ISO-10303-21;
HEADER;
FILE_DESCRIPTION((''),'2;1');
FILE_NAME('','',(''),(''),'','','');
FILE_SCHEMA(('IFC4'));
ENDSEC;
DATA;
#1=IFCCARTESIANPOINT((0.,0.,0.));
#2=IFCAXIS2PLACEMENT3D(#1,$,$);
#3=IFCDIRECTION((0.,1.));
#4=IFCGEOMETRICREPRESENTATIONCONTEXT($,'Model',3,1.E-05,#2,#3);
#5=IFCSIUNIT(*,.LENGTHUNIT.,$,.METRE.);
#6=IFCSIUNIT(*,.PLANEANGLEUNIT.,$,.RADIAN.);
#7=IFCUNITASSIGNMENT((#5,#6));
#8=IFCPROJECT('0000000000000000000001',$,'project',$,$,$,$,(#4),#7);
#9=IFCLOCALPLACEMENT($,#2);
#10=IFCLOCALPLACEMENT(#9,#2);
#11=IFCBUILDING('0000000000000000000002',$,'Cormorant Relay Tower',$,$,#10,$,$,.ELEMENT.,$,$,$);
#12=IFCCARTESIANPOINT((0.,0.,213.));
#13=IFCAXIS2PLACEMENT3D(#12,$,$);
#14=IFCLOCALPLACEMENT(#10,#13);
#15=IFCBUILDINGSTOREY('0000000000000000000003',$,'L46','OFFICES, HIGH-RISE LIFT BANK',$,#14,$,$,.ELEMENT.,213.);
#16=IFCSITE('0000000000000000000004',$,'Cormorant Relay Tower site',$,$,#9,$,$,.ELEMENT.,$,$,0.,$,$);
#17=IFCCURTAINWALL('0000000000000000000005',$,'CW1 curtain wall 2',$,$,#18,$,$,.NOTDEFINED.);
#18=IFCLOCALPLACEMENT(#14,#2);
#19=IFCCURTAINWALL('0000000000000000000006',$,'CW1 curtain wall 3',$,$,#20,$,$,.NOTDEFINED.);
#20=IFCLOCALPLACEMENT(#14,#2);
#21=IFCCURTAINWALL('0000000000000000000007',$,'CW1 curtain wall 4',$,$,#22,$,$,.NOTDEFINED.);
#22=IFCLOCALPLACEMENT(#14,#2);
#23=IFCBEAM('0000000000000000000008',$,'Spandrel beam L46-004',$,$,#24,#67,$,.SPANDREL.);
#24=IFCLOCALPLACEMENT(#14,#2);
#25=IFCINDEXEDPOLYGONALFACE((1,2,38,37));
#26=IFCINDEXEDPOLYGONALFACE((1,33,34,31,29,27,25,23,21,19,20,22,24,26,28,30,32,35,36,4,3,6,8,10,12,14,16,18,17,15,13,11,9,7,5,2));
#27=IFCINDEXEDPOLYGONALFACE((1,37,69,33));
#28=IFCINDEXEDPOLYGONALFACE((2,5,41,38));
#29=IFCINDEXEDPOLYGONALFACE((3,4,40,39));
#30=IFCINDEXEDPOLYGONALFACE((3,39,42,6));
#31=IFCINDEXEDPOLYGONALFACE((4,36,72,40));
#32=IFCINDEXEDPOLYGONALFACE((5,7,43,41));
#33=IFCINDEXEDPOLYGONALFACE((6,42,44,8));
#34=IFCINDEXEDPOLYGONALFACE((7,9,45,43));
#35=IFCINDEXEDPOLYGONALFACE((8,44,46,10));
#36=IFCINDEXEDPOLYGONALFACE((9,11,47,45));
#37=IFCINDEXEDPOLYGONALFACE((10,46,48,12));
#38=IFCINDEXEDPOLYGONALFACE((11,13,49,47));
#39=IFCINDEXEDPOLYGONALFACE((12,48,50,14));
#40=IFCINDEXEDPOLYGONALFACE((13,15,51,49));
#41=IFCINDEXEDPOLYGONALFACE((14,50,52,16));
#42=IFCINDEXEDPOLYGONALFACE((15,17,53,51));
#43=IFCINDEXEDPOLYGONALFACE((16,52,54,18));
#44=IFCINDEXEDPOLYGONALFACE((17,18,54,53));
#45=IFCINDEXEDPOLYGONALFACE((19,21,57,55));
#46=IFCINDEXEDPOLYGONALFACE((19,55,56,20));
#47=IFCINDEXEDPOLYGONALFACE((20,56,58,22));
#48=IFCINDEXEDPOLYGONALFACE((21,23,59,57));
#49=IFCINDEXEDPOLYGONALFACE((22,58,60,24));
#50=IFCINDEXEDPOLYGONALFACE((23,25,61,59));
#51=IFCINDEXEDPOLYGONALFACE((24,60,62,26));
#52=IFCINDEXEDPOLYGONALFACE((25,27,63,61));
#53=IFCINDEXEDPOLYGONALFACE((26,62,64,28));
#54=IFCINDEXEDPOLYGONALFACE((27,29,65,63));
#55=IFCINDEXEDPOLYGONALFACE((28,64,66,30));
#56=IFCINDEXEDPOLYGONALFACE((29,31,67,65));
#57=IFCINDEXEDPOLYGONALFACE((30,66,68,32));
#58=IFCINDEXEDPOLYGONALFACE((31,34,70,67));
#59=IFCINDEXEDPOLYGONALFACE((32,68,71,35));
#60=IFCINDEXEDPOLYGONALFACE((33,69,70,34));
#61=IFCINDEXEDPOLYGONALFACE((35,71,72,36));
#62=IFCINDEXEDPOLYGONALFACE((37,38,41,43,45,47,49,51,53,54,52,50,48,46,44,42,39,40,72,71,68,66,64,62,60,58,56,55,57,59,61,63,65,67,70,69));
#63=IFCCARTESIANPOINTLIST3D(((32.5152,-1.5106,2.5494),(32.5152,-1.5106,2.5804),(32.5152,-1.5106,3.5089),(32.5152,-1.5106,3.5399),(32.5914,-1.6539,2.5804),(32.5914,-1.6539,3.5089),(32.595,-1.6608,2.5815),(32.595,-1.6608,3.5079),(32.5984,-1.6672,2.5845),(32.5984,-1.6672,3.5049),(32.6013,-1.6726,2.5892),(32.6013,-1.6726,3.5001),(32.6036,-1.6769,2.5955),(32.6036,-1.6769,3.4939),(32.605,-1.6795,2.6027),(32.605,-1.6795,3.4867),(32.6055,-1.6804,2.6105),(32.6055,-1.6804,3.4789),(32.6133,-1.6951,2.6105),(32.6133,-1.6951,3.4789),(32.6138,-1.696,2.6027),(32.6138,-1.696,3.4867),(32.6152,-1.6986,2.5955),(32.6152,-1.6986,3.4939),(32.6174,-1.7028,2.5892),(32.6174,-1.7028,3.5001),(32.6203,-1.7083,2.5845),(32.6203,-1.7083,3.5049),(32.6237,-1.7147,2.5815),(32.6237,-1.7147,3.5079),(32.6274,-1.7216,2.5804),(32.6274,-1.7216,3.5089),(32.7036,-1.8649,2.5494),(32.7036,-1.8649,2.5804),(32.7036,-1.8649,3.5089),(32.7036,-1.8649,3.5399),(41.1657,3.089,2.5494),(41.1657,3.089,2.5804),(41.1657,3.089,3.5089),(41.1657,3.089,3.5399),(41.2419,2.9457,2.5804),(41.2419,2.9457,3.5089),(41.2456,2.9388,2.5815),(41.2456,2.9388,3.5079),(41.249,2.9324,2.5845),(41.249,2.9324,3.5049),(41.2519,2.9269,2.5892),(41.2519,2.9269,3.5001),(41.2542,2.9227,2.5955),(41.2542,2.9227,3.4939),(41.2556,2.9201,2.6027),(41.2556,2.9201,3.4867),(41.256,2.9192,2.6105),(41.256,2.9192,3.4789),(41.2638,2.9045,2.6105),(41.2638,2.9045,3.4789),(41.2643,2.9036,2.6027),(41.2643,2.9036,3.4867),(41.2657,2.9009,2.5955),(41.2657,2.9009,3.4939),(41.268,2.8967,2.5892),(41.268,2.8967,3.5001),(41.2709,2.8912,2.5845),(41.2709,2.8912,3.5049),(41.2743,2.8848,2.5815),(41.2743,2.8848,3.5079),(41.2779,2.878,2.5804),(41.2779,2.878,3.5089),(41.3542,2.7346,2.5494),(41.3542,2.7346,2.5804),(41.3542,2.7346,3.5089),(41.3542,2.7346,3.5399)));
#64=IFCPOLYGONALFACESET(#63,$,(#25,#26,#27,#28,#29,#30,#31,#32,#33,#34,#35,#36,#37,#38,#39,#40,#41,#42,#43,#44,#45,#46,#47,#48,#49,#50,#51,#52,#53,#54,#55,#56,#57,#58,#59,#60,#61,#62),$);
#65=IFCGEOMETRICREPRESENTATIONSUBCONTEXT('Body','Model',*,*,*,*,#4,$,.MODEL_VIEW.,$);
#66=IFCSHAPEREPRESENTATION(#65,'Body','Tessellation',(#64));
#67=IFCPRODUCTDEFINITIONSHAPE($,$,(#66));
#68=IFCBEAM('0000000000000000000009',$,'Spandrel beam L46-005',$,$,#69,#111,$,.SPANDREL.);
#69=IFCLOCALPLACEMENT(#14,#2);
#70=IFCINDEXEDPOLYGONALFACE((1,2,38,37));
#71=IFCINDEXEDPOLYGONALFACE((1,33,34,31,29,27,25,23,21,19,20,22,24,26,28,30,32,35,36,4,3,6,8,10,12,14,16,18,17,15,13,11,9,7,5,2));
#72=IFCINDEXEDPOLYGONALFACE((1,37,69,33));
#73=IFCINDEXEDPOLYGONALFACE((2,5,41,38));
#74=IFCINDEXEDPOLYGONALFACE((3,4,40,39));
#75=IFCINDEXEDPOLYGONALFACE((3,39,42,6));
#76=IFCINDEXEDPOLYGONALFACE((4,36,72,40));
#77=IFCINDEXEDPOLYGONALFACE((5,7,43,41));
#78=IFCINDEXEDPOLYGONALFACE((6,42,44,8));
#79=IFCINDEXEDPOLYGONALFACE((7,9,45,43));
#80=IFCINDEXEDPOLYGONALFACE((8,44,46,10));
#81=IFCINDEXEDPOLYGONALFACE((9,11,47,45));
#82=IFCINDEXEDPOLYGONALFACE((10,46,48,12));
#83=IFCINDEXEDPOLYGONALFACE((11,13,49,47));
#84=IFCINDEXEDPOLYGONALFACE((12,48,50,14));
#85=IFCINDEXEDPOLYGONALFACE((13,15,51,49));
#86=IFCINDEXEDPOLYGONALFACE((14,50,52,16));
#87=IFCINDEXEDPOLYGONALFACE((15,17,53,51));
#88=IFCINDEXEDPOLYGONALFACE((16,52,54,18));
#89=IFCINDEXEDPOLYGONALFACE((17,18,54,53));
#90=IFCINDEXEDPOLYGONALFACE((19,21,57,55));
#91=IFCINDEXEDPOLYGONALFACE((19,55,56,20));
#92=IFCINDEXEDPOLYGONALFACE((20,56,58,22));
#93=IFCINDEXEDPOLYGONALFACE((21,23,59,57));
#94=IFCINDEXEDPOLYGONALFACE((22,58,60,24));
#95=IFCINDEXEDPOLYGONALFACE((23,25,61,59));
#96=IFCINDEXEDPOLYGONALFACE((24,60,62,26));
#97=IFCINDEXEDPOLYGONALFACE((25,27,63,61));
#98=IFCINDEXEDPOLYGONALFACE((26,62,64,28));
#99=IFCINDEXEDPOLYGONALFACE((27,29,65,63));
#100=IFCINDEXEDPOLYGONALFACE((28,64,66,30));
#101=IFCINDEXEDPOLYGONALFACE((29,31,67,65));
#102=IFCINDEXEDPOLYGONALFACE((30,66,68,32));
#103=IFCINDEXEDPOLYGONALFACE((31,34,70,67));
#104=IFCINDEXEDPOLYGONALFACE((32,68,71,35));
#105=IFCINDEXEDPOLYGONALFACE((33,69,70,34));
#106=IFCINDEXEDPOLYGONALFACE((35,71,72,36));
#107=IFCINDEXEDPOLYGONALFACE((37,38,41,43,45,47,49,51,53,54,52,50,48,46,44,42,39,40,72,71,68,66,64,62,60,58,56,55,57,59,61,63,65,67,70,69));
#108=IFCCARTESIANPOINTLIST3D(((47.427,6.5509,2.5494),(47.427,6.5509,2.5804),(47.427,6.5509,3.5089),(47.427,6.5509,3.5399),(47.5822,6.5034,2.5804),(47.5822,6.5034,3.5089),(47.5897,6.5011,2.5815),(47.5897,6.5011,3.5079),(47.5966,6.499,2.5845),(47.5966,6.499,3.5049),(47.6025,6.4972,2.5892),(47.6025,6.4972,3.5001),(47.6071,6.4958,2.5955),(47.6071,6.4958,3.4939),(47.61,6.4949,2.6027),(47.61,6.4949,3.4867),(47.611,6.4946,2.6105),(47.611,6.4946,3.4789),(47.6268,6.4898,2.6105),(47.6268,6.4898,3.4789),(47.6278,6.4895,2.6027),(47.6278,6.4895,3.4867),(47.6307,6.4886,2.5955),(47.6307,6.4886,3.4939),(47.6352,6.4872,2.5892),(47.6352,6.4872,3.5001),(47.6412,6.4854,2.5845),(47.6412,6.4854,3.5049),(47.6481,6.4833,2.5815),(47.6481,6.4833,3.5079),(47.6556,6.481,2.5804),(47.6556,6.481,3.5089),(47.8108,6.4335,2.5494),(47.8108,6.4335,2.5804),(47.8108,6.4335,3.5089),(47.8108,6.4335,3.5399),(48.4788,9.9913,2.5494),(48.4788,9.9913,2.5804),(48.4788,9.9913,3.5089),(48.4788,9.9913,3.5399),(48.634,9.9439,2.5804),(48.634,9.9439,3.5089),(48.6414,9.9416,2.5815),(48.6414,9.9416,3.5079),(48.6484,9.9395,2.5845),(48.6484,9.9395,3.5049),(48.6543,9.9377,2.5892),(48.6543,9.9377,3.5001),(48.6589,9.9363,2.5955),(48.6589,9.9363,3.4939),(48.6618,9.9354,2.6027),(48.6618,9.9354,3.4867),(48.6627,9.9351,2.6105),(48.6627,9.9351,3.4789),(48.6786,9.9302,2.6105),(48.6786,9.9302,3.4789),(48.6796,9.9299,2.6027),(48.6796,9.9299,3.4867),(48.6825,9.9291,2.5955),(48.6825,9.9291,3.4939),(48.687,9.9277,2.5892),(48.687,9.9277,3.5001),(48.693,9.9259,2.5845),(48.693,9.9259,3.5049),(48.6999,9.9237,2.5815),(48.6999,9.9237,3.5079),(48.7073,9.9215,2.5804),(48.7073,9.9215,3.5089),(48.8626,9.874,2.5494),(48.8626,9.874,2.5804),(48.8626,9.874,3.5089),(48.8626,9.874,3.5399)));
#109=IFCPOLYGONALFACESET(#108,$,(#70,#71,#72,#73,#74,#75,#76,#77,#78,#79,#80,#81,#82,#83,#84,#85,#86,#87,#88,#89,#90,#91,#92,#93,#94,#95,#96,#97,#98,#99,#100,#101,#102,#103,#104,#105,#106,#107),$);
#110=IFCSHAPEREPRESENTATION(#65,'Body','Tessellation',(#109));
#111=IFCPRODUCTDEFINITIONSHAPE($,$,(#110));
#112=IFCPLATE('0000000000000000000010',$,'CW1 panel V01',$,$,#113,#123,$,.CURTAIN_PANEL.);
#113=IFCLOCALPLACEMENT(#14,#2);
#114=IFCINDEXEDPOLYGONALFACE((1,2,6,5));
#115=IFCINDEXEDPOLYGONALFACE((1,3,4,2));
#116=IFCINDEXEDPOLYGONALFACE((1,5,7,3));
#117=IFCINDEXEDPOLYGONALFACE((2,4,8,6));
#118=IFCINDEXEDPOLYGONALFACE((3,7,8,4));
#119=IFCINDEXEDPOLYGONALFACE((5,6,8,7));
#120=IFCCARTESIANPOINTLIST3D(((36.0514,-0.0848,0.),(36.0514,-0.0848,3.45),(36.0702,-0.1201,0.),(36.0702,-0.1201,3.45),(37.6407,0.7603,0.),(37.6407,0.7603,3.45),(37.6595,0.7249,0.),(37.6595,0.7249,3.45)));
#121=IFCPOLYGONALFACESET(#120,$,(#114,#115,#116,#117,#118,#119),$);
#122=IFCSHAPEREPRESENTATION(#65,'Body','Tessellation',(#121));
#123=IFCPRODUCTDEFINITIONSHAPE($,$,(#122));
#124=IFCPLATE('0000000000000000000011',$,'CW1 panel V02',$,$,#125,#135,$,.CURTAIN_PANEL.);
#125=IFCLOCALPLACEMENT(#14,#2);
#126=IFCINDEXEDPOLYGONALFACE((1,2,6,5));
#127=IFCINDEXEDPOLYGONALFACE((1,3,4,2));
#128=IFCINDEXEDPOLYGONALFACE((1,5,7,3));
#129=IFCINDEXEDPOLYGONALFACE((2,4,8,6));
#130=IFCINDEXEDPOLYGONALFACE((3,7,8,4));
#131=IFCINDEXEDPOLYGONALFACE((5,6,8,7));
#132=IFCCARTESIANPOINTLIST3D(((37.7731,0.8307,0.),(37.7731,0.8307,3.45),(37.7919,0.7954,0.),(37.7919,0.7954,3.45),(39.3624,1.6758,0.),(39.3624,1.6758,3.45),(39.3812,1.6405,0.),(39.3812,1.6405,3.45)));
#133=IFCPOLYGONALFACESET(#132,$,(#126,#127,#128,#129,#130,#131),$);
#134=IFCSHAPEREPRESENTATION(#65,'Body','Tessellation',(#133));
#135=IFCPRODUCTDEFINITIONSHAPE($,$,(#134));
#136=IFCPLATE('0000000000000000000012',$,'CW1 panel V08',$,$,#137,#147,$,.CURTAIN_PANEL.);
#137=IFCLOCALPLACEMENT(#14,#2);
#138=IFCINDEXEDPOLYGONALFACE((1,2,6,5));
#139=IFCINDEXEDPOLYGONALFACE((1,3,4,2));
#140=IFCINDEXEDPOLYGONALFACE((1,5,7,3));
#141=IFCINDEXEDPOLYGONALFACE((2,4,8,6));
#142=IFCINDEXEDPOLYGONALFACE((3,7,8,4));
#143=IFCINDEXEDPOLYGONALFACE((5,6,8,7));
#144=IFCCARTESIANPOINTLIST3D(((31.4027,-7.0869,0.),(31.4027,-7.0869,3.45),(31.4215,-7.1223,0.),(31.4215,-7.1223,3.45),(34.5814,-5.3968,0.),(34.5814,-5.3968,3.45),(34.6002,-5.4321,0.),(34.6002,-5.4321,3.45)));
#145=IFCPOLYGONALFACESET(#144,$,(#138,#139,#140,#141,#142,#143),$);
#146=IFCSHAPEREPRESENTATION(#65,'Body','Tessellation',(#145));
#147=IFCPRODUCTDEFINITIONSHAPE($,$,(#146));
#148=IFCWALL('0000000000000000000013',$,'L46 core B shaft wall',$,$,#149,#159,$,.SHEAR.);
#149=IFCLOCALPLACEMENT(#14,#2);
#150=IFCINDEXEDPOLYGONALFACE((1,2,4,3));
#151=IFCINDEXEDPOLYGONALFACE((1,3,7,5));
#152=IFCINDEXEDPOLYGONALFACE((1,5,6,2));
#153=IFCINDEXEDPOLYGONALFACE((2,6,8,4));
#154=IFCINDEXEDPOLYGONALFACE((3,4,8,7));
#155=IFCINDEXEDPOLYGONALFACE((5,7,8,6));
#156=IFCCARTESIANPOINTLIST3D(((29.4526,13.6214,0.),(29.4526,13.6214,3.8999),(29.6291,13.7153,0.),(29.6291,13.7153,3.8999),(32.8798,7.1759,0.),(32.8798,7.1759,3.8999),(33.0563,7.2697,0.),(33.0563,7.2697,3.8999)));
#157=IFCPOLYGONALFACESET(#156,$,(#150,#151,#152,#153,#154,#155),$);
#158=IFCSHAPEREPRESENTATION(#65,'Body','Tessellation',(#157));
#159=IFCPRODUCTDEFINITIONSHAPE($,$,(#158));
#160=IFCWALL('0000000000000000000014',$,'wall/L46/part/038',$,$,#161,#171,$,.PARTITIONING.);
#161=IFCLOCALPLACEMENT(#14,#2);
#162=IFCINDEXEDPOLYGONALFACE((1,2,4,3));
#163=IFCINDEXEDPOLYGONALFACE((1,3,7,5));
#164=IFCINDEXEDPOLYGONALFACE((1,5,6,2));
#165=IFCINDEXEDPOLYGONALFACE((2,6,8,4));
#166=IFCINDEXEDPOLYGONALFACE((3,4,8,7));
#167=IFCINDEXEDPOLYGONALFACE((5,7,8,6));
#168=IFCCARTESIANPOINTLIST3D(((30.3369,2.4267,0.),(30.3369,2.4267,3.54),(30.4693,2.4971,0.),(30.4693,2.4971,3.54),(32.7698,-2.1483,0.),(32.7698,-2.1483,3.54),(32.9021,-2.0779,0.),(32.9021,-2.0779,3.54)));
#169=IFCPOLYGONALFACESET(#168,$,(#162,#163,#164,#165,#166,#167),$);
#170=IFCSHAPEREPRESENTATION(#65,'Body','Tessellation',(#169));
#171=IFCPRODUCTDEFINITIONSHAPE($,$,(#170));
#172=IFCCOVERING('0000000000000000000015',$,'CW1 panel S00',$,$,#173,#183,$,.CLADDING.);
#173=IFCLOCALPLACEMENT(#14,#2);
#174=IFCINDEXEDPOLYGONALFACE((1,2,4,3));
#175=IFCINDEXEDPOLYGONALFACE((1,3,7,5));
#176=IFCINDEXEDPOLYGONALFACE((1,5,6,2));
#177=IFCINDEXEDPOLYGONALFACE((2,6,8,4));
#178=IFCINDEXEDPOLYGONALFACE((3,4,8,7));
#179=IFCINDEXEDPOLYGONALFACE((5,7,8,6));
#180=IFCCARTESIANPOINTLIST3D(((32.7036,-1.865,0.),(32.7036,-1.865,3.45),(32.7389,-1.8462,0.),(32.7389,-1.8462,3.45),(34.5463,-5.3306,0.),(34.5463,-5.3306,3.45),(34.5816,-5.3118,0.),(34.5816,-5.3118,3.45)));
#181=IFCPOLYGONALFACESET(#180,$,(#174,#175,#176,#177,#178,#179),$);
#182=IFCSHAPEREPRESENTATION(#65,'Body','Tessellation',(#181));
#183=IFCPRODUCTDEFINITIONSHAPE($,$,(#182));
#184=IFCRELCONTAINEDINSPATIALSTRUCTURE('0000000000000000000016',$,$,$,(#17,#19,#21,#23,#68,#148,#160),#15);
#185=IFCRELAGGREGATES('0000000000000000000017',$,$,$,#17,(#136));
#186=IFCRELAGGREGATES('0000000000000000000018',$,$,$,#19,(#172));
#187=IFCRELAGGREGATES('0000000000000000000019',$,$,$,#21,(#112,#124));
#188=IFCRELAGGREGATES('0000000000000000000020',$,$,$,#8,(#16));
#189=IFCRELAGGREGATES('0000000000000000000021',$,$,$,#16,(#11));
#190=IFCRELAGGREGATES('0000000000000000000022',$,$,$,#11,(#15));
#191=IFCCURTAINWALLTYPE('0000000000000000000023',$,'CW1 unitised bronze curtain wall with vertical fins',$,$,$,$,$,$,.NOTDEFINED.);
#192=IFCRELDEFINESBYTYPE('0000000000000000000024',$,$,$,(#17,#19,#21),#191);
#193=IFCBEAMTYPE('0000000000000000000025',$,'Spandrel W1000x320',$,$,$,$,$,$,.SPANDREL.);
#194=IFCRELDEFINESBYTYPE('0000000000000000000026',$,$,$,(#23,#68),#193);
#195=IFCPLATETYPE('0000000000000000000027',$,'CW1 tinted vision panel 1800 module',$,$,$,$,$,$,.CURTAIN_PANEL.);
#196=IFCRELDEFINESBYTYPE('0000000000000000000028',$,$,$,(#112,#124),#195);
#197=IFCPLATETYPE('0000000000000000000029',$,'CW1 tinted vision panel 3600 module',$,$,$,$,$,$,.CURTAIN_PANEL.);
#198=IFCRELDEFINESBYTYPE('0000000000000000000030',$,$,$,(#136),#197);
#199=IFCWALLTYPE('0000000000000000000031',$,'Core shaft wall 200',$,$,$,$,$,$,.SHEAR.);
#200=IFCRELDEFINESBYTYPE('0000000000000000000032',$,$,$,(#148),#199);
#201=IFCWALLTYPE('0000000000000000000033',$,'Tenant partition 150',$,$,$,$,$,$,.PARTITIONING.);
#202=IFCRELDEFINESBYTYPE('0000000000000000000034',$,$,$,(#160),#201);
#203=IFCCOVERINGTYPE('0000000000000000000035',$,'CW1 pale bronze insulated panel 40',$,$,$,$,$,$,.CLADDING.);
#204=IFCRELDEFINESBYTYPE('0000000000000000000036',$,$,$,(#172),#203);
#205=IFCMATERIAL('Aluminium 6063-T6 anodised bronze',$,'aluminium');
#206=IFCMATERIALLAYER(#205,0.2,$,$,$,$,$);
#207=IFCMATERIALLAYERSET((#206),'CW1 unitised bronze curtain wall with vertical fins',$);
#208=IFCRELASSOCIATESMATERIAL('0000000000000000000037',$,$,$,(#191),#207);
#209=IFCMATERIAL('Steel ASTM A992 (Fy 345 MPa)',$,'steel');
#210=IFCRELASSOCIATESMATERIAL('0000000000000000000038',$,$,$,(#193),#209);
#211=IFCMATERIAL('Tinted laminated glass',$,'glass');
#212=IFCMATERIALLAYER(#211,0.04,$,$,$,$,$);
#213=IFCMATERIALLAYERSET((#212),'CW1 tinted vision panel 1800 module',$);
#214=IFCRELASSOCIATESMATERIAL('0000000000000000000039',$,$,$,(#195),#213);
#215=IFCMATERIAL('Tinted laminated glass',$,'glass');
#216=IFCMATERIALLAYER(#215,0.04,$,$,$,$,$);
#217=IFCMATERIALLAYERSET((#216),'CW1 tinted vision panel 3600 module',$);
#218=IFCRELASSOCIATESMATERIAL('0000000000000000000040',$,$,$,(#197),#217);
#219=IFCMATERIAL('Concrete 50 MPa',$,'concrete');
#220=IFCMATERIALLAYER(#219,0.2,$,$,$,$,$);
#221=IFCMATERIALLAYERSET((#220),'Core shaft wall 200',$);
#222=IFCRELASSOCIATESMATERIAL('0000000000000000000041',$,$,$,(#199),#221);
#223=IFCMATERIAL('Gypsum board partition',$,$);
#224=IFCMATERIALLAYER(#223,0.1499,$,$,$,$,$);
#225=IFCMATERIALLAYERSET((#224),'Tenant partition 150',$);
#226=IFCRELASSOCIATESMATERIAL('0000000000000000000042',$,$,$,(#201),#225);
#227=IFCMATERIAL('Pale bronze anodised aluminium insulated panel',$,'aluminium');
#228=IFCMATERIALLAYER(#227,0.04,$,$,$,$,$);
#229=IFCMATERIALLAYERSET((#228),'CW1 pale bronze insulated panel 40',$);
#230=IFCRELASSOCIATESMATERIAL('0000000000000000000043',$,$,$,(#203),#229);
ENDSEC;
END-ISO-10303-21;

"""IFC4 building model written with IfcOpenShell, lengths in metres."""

from ifc_helpers import new_model, si_unit, direction, frame, frame_2d, origin, origin_2d, place, context, subcontext, project, spatial, rectangle, i_section, extrude, material, layer, layer_set, material_profile, profile_set, type_object, element, aggregate, save


model = new_model("IFC4")

# Units and contexts
model_context = context("Model", 3, precision=1e-05, world=origin(), true_north=direction((0.0, 1.0)))
body_context = subcontext(model_context, "Body", "Model", "MODEL_VIEW")
ifc_project = project(units=[si_unit("LENGTHUNIT", "METRE"), si_unit("PLANEANGLEUNIT", "RADIAN")], contexts=[model_context])

# Site, building, storey
site_placement = place(None, origin())
site = spatial("IfcSite", under=ifc_project, at=site_placement, Name="Cormorant Relay Tower site", CompositionType="ELEMENT", RefElevation=0.0)
building_placement = place(site_placement, origin())
building = spatial("IfcBuilding", under=site, at=building_placement, Name="Cormorant Relay Tower", CompositionType="ELEMENT")
storey_placement = place(building_placement, frame((0.0, 0.0, 213.0)))
storey = spatial("IfcBuildingStorey", under=building, at=storey_placement, Name="L46", Description="OFFICES, HIGH-RISE LIFT BANK", CompositionType="ELEMENT", Elevation=213.0)

# Curtain walls
ifc_material_1 = material(Name="Aluminium 6063-T6 anodised bronze", Category="aluminium")
ifc_layer_1 = layer(ifc_material_1, 0.2)
ifc_layer_set_1 = layer_set([ifc_layer_1], Name="CW1 unitised bronze curtain wall with vertical fins")
curtain_wall_type = type_object("IfcCurtainWallType", Name="CW1 unitised bronze curtain wall with vertical fins", PredefinedType="NOTDEFINED", material=ifc_layer_set_1)
curtain_wall_1_placement = place(storey_placement, origin())
curtain_wall_1 = element("IfcCurtainWall", 1, at=curtain_wall_1_placement, inside=storey, type_object=curtain_wall_type, Name="CW1 curtain wall 2", PredefinedType="NOTDEFINED")
curtain_wall_2_placement = place(storey_placement, origin())
curtain_wall_2 = element("IfcCurtainWall", 2, at=curtain_wall_2_placement, inside=storey, type_object=curtain_wall_type, Name="CW1 curtain wall 3", PredefinedType="NOTDEFINED")

# Curtain wall
curtain_wall_3_placement = place(storey_placement, origin())
curtain_wall_3 = element("IfcCurtainWall", 3, at=curtain_wall_3_placement, inside=storey, type_object=curtain_wall_type, Name="CW1 curtain wall 4", PredefinedType="NOTDEFINED")

# Beams
ifc_material_2 = material(Name="Steel ASTM A992 (Fy 345 MPa)", Category="steel")
ifc_material_profile_1 = material_profile(ifc_material_2, i_section(OverallWidth=0.4014, OverallDepth=0.9905, WebThickness=0.0166, FlangeThickness=0.031, FilletRadius=0.03, at=origin_2d()), Name="W1000x320")
ifc_profile_set_1 = profile_set([ifc_material_profile_1], Name="Steel ASTM A992 (Fy 345 MPa)")
beam_type = type_object("IfcBeamType", Name="Spandrel W1000x320", PredefinedType="SPANDREL", material=ifc_profile_set_1)
beam_1_placement = place(storey_placement, frame((32.6094, -1.6877, 3.0447), z_axis=(0.882948, 0.46947, 0.0), x_axis=(-0.46947, 0.882948, 0.0)))
element("IfcBeam", 4, at=beam_1_placement, inside=storey, type_object=beam_type, Name="Spandrel beam L46-004", PredefinedType="SPANDREL", context=body_context, shape_type="SweptSolid", body=[
    extrude(i_section(OverallWidth=0.4014, OverallDepth=0.9905, WebThickness=0.0166, FlangeThickness=0.031, FilletRadius=0.03, at=origin_2d()), origin(), (0.0, 0.0, 1.0), 9.7974),
])
beam_2_placement = place(storey_placement, frame((47.6189, 6.4922, 3.0447), z_axis=(0.29235, 0.956312, 0.0), x_axis=(-0.956312, 0.29235, 0.0)))
element("IfcBeam", 5, at=beam_2_placement, inside=storey, type_object=beam_type, Name="Spandrel beam L46-005", PredefinedType="SPANDREL", context=body_context, shape_type="SweptSolid", body=[
    extrude(i_section(OverallWidth=0.4014, OverallDepth=0.9905, WebThickness=0.0166, FlangeThickness=0.031, FilletRadius=0.03, at=origin_2d()), origin(), (0.0, 0.0, 1.0), 3.5977),
])

# Plates
ifc_material_3 = material(Name="Tinted laminated glass", Category="glass")
ifc_layer_2 = layer(ifc_material_3, 0.04)
ifc_layer_set_2 = layer_set([ifc_layer_2], Name="CW1 tinted vision panel 1800 module")
plate_type_1 = type_object("IfcPlateType", Name="CW1 tinted vision panel 1800 module", PredefinedType="CURTAIN_PANEL", material=ifc_layer_set_2)
plate_1_placement = place(storey_placement, frame((36.8555, 0.3201, 0.0), z_axis=(0.0, 0.0, 1.0), x_axis=(0.882948, 0.469472, 0.0)))
plate_1 = element("IfcPlate", 6, at=plate_1_placement, type_object=plate_type_1, Name="CW1 panel V01", PredefinedType="CURTAIN_PANEL", context=body_context, shape_type="SweptSolid", body=[
    extrude(rectangle(XDim=1.8, YDim=0.04, at=origin_2d()), origin(), (0.0, 0.0, 1.0), 3.45),
])
plate_2_placement = place(storey_placement, frame((38.5771, 1.2356, 0.0), z_axis=(0.0, 0.0, 1.0), x_axis=(0.882948, 0.469472, 0.0)))
plate_2 = element("IfcPlate", 7, at=plate_2_placement, type_object=plate_type_1, Name="CW1 panel V02", PredefinedType="CURTAIN_PANEL", context=body_context, shape_type="SweptSolid", body=[
    extrude(rectangle(XDim=1.8, YDim=0.04, at=origin_2d()), origin(), (0.0, 0.0, 1.0), 3.45),
])
ifc_material_4 = material(Name="Tinted laminated glass", Category="glass")
ifc_layer_3 = layer(ifc_material_4, 0.04)
ifc_layer_set_3 = layer_set([ifc_layer_3], Name="CW1 tinted vision panel 3600 module")
plate_type_2 = type_object("IfcPlateType", Name="CW1 tinted vision panel 3600 module", PredefinedType="CURTAIN_PANEL", material=ifc_layer_set_3)
plate_3_placement = place(storey_placement, frame((33.0015, -6.2595, 0.0), z_axis=(0.0, 0.0, 1.0), x_axis=(0.882948, 0.469472, 0.0)))
plate_3 = element("IfcPlate", 8, at=plate_3_placement, type_object=plate_type_2, Name="CW1 panel V08", PredefinedType="CURTAIN_PANEL", context=body_context, shape_type="SweptSolid", body=[
    extrude(rectangle(XDim=3.6001, YDim=0.04, at=origin_2d()), origin(), (0.0, 0.0, 1.0), 3.45),
])
aggregate(curtain_wall_1, [plate_3])

# Walls
ifc_material_5 = material(Name="Concrete 50 MPa", Category="concrete")
ifc_layer_4 = layer(ifc_material_5, 0.2)
ifc_layer_set_4 = layer_set([ifc_layer_4], Name="Core shaft wall 200")
wall_type_1 = type_object("IfcWallType", Name="Core shaft wall 200", PredefinedType="SHEAR", material=ifc_layer_set_4)
wall_1_placement = place(storey_placement, frame((32.968, 7.2229, 0.0), z_axis=(0.0, 0.0, 1.0), x_axis=(-0.46948, 0.882943, 0.0)))
element("IfcWall", 9, at=wall_1_placement, inside=storey, type_object=wall_type_1, Name="L46 core B shaft wall", PredefinedType="SHEAR", context=body_context, shape_type="SweptSolid", body=[
    extrude(rectangle(XDim=7.3, YDim=0.2, at=frame_2d((3.6499, 0.0))), origin(), (0.0, 0.0, 1.0), 3.8999),
])
ifc_material_6 = material(Name="Gypsum board partition")
ifc_layer_5 = layer(ifc_material_6, 0.1499)
ifc_layer_set_5 = layer_set([ifc_layer_5], Name="Tenant partition 150")
wall_type_2 = type_object("IfcWallType", Name="Tenant partition 150", PredefinedType="PARTITIONING", material=ifc_layer_set_5)
wall_2_placement = place(storey_placement, frame((30.4031, 2.4619, 0.0), z_axis=(0.0, 0.0, 1.0), x_axis=(0.469519, -0.882922, 0.0)))
element("IfcWall", 10, at=wall_2_placement, inside=storey, type_object=wall_type_2, Name="wall/L46/part/038", PredefinedType="PARTITIONING", context=body_context, shape_type="SweptSolid", body=[
    extrude(rectangle(XDim=5.1816, YDim=0.1499, at=frame_2d((2.5908, 0.0))), origin(), (0.0, 0.0, 1.0), 3.54),
])

# Covering
ifc_material_7 = material(Name="Pale bronze anodised aluminium insulated panel", Category="aluminium")
ifc_layer_6 = layer(ifc_material_7, 0.04)
ifc_layer_set_6 = layer_set([ifc_layer_6], Name="CW1 pale bronze insulated panel 40")
covering_type = type_object("IfcCoveringType", Name="CW1 pale bronze insulated panel 40", PredefinedType="CLADDING", material=ifc_layer_set_6)
covering_1_placement = place(storey_placement, frame((33.6426, -3.5884, 0.0), z_axis=(0.0, 0.0, 1.0), x_axis=(-0.469472, 0.882948, 0.0)))
covering_1 = element("IfcCovering", 11, at=covering_1_placement, type_object=covering_type, Name="CW1 panel S00", PredefinedType="CLADDING", context=body_context, shape_type="SweptSolid", body=[
    extrude(rectangle(XDim=3.925, YDim=0.04, at=origin_2d()), origin(), (0.0, 0.0, 1.0), 3.45),
])
aggregate(curtain_wall_2, [covering_1])
aggregate(curtain_wall_3, [plate_1, plate_2])

save(model, "model.ifc")
